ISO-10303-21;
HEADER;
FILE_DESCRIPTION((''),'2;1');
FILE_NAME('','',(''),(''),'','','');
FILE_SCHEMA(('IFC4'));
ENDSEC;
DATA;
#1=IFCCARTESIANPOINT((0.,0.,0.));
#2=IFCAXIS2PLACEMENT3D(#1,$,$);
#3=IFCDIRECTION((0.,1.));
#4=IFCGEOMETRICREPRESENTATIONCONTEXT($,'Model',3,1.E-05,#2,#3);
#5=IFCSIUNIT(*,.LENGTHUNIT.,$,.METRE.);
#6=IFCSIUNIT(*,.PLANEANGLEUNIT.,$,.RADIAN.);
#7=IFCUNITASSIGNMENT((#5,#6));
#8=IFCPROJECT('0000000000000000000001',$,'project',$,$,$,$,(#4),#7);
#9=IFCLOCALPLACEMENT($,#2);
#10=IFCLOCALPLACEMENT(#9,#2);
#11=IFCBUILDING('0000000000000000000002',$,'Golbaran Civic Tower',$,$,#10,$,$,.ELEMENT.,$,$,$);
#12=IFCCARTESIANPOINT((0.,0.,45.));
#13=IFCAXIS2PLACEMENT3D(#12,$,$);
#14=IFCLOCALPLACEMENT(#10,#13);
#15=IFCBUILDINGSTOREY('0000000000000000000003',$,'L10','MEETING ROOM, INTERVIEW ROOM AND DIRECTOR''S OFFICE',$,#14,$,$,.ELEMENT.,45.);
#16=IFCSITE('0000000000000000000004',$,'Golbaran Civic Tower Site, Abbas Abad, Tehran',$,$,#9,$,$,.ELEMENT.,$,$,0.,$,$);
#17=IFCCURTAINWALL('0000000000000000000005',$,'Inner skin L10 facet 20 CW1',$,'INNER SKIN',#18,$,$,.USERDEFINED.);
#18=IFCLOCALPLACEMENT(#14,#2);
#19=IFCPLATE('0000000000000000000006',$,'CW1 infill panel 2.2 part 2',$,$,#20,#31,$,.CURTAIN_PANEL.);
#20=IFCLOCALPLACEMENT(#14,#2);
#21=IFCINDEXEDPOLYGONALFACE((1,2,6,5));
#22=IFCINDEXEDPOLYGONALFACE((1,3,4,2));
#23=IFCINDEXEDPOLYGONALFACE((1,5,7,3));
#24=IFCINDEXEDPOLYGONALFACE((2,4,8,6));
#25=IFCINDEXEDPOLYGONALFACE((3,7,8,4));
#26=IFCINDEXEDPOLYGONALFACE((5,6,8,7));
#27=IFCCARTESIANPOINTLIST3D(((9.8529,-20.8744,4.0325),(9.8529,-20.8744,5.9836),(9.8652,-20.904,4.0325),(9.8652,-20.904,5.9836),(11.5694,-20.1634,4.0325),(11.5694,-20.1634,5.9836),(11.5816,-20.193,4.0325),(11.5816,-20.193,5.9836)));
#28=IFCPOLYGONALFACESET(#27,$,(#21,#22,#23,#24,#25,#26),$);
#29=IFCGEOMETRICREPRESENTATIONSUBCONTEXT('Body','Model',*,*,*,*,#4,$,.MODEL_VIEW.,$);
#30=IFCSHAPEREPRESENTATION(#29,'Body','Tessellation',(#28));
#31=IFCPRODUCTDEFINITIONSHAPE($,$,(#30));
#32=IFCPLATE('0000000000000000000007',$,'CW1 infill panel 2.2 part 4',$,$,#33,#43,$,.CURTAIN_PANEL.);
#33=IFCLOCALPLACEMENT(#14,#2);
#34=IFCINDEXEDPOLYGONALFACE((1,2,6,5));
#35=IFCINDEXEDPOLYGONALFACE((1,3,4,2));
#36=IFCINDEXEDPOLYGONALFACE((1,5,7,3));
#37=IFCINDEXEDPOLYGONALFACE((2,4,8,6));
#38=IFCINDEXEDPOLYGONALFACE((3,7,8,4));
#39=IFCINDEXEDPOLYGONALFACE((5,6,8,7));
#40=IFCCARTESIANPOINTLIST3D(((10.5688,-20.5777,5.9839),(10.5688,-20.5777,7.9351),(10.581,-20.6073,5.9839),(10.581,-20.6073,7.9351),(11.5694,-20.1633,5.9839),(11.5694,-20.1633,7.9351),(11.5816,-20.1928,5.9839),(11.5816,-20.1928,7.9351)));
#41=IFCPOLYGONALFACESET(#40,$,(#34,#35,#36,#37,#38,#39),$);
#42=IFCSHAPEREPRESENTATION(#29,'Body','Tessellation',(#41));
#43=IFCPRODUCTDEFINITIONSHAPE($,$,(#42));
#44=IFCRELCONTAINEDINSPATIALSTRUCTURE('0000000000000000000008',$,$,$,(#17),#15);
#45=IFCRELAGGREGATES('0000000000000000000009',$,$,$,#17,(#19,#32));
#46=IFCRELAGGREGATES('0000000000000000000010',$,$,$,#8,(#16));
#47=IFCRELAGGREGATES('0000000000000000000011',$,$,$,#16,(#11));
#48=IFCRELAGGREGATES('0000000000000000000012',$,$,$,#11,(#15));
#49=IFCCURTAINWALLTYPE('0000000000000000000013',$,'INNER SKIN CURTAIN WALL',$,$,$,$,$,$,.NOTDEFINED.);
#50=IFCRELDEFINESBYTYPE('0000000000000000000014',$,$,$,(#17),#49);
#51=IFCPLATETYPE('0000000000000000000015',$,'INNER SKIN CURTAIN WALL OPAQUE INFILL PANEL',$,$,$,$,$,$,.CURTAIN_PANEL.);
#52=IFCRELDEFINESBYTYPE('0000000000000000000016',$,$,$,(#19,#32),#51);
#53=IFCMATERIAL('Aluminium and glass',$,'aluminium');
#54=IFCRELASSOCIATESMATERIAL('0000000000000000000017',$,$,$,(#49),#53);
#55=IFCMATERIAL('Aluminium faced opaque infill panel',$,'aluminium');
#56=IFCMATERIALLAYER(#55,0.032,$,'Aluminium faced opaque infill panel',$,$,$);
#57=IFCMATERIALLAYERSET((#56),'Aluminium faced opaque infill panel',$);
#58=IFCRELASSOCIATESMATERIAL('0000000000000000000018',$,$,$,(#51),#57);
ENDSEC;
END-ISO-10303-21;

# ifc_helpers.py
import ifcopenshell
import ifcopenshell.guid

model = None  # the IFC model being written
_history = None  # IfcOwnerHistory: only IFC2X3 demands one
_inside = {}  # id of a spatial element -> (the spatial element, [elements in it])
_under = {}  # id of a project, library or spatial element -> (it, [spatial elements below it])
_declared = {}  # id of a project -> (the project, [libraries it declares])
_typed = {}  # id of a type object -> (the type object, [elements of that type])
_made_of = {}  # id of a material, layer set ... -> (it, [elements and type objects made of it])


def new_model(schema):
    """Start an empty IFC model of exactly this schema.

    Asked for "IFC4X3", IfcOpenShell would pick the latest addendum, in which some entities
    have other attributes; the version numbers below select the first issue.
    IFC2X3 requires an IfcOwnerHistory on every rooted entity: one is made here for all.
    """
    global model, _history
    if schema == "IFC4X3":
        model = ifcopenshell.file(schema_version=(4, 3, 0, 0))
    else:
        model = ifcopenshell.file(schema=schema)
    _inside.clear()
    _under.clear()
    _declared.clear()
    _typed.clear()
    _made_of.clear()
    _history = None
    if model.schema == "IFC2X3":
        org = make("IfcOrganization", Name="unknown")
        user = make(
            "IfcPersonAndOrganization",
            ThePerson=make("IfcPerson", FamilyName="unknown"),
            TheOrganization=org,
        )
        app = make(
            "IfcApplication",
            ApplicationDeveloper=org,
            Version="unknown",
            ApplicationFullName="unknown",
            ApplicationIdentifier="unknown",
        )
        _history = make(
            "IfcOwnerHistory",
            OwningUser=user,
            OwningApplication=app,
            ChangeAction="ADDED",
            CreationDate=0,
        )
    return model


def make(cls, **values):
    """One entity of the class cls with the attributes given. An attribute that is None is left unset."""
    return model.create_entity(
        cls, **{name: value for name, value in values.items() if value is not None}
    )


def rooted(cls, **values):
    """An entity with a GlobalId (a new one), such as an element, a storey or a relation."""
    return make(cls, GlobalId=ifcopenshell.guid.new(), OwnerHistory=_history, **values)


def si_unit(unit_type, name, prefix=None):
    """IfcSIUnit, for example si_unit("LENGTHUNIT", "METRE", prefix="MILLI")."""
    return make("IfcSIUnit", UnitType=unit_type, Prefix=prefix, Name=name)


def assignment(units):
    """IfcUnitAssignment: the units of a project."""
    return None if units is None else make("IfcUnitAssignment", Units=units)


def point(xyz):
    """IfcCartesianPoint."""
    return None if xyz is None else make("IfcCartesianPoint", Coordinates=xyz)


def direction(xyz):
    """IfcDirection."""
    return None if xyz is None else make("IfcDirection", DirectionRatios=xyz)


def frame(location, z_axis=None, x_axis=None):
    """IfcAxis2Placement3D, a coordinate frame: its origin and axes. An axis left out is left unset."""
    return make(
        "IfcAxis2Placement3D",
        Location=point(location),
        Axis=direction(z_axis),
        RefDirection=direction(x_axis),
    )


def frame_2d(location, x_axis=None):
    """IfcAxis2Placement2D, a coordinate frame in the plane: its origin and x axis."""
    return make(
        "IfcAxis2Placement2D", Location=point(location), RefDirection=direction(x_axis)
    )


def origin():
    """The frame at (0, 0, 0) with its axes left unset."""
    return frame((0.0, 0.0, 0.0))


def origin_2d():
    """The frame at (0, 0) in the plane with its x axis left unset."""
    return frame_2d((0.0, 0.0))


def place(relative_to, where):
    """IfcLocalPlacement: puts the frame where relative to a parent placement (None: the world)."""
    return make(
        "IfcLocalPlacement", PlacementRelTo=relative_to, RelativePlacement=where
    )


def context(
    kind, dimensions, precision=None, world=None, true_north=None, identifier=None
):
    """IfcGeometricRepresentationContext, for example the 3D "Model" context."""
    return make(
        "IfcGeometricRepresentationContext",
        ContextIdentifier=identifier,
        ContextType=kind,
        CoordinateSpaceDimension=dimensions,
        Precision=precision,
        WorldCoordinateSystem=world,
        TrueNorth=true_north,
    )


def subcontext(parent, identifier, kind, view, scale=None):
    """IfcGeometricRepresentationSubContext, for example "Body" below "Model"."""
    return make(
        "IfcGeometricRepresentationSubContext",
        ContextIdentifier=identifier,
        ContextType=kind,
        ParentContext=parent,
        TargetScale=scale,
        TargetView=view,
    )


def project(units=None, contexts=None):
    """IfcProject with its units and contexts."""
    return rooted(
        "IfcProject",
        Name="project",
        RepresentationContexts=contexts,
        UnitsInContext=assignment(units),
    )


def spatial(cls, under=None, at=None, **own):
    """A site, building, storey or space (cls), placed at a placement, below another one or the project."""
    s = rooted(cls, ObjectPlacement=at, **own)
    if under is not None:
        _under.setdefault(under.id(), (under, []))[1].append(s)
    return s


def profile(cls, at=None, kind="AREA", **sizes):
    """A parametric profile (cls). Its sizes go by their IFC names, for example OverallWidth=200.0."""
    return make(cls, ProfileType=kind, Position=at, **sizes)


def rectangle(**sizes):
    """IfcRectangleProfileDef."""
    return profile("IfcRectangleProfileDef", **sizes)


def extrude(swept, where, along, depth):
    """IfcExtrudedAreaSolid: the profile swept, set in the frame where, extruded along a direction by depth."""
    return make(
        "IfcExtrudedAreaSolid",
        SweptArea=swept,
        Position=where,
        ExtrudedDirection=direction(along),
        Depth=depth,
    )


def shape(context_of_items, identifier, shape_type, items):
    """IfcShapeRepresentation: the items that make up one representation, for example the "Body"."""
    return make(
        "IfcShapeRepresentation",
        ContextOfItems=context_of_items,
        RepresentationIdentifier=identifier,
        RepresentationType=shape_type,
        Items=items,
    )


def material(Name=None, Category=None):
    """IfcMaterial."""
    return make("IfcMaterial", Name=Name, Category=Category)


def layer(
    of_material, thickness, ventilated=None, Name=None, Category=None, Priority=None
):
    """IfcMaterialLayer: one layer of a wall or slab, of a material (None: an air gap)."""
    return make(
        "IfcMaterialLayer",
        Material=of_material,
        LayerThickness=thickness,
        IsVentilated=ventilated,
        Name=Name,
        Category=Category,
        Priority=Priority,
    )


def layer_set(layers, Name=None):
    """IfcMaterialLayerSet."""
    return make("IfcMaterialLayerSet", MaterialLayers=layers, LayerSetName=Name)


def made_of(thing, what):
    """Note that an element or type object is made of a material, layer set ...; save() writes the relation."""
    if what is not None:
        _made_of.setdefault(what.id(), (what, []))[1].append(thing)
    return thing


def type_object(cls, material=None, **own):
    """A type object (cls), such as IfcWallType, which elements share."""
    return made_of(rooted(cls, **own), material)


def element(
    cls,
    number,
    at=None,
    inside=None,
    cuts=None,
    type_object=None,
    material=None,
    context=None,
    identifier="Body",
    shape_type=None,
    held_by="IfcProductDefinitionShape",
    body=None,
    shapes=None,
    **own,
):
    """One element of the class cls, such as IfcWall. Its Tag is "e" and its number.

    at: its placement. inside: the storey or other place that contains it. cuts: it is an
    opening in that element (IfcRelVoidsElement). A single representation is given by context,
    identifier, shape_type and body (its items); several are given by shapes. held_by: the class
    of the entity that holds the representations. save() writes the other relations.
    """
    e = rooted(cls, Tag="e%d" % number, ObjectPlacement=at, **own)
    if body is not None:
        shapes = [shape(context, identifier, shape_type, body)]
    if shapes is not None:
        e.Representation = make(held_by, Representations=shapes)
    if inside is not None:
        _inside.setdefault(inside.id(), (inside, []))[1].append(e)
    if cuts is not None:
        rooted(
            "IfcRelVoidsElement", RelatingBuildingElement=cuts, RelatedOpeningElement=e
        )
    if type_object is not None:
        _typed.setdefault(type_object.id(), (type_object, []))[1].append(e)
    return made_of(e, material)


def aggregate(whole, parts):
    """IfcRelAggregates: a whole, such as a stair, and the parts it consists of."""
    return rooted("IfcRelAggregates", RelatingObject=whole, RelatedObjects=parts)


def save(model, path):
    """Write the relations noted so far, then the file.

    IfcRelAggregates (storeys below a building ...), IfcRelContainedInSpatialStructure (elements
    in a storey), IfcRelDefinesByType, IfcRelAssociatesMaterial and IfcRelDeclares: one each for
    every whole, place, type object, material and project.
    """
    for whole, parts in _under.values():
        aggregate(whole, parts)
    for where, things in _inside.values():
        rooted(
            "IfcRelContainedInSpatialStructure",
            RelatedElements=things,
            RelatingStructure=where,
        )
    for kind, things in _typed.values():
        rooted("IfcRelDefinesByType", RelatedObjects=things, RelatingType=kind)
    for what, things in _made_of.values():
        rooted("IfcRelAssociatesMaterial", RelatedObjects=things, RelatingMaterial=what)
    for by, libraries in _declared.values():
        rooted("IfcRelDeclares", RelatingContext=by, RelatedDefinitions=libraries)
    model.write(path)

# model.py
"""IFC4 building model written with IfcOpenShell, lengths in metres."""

from ifc_helpers import new_model, si_unit, direction, frame, origin, origin_2d, place, context, subcontext, project, spatial, rectangle, extrude, material, layer, layer_set, type_object, element, aggregate, save


model = new_model("IFC4")

# Units and contexts
model_context = context("Model", 3, precision=1e-05, world=origin(), true_north=direction((0.0, 1.0)))
body_context = subcontext(model_context, "Body", "Model", "MODEL_VIEW")
ifc_project = project(units=[si_unit("LENGTHUNIT", "METRE"), si_unit("PLANEANGLEUNIT", "RADIAN")], contexts=[model_context])

# Site, building, storey
site_placement = place(None, origin())
site = spatial("IfcSite", under=ifc_project, at=site_placement, Name="Golbaran Civic Tower Site, Abbas Abad, Tehran", CompositionType="ELEMENT", RefElevation=0.0)
building_placement = place(site_placement, origin())
building = spatial("IfcBuilding", under=site, at=building_placement, Name="Golbaran Civic Tower", CompositionType="ELEMENT")
storey_placement = place(building_placement, frame((0.0, 0.0, 45.0)))
storey = spatial("IfcBuildingStorey", under=building, at=storey_placement, Name="L10", Description="MEETING ROOM, INTERVIEW ROOM AND DIRECTOR'S OFFICE", CompositionType="ELEMENT", Elevation=45.0)

# Curtain wall
ifc_material_1 = material(Name="Aluminium and glass", Category="aluminium")
curtain_wall_type = type_object("IfcCurtainWallType", Name="INNER SKIN CURTAIN WALL", PredefinedType="NOTDEFINED", material=ifc_material_1)
curtain_wall_1_placement = place(storey_placement, origin())
curtain_wall_1 = element("IfcCurtainWall", 1, at=curtain_wall_1_placement, inside=storey, type_object=curtain_wall_type, Name="Inner skin L10 facet 20 CW1", ObjectType="INNER SKIN", PredefinedType="USERDEFINED")

# Plates
ifc_material_2 = material(Name="Aluminium faced opaque infill panel", Category="aluminium")
ifc_layer_1 = layer(ifc_material_2, 0.032, Name="Aluminium faced opaque infill panel")
ifc_layer_set_1 = layer_set([ifc_layer_1], Name="Aluminium faced opaque infill panel")
plate_type_1 = type_object("IfcPlateType", Name="INNER SKIN CURTAIN WALL OPAQUE INFILL PANEL", PredefinedType="CURTAIN_PANEL", material=ifc_layer_set_1)
plate_1_placement = place(storey_placement, frame((10.7173, -20.5337, 4.0325), z_axis=(0.0, 0.0, 1.0), x_axis=(0.92388, 0.382683, 0.0)))
plate_1 = element("IfcPlate", 2, at=plate_1_placement, type_object=plate_type_1, Name="CW1 infill panel 2.2 part 2", PredefinedType="CURTAIN_PANEL", context=body_context, shape_type="SweptSolid", body=[
    extrude(rectangle(XDim=1.8579, YDim=0.032, at=origin_2d()), origin(), (0.0, 0.0, 1.0), 1.9512),
])
plate_2_placement = place(storey_placement, frame((11.0752, -20.3853, 5.9839), z_axis=(0.0, 0.0, 1.0), x_axis=(0.92388, 0.382683, 0.0)))
plate_2 = element("IfcPlate", 3, at=plate_2_placement, type_object=plate_type_1, Name="CW1 infill panel 2.2 part 4", PredefinedType="CURTAIN_PANEL", context=body_context, shape_type="SweptSolid", body=[
    extrude(rectangle(XDim=1.083, YDim=0.032, at=origin_2d()), origin(), (0.0, 0.0, 1.0), 1.9512),
])
aggregate(curtain_wall_1, [plate_1, plate_2])

save(model, "model.ifc")
